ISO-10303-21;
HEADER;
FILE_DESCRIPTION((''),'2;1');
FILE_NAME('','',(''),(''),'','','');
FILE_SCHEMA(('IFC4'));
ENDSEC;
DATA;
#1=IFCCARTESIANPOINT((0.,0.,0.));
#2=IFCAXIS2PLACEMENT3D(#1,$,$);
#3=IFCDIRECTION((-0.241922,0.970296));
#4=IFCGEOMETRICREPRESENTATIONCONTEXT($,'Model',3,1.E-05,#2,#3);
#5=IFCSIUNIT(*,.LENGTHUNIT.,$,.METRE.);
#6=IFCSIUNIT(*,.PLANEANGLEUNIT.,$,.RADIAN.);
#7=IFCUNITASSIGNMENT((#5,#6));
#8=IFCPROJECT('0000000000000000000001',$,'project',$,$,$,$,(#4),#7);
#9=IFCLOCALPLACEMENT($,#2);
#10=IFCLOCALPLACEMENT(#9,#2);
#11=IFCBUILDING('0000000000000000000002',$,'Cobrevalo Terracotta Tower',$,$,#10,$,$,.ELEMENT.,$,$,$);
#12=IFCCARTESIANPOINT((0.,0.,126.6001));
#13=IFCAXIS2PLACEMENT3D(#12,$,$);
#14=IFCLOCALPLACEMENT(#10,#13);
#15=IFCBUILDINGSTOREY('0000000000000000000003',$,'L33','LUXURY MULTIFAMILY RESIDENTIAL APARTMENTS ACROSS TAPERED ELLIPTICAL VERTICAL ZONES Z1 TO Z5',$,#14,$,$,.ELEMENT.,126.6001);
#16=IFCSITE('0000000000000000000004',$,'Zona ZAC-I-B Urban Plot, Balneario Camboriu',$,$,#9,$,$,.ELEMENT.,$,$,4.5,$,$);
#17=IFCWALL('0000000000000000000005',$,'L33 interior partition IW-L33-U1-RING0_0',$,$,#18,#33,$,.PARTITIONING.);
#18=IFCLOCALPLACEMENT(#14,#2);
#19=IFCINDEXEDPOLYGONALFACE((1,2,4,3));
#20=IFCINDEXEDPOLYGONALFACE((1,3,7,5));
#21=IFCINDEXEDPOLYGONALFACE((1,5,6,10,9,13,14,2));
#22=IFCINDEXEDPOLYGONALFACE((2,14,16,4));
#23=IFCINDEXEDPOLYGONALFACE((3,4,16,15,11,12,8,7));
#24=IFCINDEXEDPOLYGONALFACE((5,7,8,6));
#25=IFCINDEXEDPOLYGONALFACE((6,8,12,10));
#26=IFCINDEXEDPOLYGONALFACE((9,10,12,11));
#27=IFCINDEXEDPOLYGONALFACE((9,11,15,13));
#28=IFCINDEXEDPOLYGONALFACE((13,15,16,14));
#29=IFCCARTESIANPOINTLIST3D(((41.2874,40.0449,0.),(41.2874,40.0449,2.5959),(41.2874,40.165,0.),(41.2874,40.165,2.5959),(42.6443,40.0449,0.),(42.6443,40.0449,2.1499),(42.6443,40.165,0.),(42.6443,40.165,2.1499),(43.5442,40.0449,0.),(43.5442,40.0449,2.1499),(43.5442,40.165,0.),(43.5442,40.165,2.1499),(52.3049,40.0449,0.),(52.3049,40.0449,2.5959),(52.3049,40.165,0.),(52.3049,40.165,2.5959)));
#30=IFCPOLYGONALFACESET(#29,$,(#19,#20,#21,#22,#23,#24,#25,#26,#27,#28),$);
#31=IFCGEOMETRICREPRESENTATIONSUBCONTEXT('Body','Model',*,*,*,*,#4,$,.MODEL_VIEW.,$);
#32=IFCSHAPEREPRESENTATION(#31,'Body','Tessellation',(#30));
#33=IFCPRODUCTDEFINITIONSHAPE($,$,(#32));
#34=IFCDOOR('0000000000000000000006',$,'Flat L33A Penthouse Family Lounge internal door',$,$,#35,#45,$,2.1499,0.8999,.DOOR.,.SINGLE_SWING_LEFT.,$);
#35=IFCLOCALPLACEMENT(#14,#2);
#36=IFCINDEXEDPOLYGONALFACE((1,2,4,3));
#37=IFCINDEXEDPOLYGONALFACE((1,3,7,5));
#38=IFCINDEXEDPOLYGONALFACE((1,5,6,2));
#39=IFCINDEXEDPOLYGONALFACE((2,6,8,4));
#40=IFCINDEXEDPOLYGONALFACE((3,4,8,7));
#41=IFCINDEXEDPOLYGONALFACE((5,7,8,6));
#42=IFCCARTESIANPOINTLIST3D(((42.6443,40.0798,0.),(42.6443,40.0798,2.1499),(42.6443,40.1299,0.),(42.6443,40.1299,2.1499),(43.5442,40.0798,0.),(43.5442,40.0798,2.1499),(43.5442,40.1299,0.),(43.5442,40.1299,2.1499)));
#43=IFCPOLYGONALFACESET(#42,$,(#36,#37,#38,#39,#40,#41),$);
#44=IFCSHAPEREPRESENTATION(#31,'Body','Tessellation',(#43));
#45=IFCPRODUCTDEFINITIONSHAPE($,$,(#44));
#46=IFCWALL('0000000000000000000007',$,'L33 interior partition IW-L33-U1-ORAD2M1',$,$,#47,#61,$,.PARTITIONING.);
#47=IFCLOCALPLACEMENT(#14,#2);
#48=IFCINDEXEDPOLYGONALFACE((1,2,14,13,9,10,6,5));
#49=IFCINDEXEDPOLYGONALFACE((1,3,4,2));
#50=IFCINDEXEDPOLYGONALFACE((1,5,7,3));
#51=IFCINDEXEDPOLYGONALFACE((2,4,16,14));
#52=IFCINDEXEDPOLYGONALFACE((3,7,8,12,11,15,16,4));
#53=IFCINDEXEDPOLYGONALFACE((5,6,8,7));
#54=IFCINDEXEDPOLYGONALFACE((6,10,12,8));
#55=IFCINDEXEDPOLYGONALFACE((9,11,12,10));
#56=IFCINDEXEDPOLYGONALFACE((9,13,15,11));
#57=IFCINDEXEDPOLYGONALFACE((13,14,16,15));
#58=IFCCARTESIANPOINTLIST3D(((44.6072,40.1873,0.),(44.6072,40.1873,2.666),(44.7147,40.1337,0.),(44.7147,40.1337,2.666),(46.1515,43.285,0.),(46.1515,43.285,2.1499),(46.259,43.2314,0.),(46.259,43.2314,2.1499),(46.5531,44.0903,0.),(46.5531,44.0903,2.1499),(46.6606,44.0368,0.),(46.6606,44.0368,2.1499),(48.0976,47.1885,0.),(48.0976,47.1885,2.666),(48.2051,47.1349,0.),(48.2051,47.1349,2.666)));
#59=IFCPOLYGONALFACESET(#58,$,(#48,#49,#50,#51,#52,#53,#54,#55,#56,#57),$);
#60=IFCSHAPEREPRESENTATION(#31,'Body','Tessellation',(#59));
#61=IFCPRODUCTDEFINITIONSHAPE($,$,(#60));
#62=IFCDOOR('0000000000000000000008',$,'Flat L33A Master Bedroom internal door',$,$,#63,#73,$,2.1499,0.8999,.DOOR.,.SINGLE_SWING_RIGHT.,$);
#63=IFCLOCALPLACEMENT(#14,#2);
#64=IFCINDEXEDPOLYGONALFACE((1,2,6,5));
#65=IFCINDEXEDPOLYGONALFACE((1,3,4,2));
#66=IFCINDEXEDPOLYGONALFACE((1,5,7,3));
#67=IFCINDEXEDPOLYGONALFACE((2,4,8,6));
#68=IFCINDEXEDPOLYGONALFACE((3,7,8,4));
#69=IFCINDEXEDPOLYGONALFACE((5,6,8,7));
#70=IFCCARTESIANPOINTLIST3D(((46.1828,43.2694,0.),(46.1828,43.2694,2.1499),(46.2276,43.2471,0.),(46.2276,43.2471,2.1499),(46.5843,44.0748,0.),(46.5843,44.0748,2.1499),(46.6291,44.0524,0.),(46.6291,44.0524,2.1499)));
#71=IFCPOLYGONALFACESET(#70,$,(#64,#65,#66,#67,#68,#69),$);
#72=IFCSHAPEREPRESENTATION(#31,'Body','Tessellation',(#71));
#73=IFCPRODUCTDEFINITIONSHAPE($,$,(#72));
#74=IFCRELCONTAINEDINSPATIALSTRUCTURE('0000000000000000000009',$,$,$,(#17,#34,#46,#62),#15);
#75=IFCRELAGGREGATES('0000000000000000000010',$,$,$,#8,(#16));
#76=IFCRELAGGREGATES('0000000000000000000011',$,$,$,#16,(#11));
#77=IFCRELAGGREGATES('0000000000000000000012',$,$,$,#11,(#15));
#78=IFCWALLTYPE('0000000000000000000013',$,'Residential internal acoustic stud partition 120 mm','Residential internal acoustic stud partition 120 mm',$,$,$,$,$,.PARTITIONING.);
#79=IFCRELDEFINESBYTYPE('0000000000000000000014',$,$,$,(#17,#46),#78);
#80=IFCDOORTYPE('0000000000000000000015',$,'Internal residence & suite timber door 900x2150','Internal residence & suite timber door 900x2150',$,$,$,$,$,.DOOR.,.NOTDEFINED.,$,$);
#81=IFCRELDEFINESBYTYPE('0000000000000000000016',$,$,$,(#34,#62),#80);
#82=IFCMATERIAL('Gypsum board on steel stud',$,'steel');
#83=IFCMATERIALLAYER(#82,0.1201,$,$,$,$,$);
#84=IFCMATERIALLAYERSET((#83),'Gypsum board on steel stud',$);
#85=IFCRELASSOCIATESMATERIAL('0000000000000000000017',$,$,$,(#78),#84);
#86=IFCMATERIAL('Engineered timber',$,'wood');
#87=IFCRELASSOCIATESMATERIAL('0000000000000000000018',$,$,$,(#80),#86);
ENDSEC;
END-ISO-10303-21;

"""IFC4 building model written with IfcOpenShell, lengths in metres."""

from ifc_helpers import new_model, si_unit, direction, frame, frame_2d, origin, place, context, subcontext, project, spatial, rectangle, extrude, source, transform, mapped, material, layer, layer_set, type_object, element, fill, save


model = new_model("IFC4")

# Units and contexts
model_context = context("Model", 3, precision=1e-05, world=origin(), true_north=direction((-0.241922, 0.970296)))
body_context = subcontext(model_context, "Body", "Model", "MODEL_VIEW")
ifc_project = project(units=[si_unit("LENGTHUNIT", "METRE"), si_unit("PLANEANGLEUNIT", "RADIAN")], contexts=[model_context])

# Site, building, storey
site_placement = place(None, origin())
site = spatial("IfcSite", under=ifc_project, at=site_placement, Name="Zona ZAC-I-B Urban Plot, Balneario Camboriu", CompositionType="ELEMENT", RefElevation=4.5)
building_placement = place(site_placement, origin())
building = spatial("IfcBuilding", under=site, at=building_placement, Name="Cobrevalo Terracotta Tower", CompositionType="ELEMENT")
storey_placement = place(building_placement, frame((0.0, 0.0, 126.6001)))
storey = spatial("IfcBuildingStorey", under=building, at=storey_placement, Name="L33", Description="LUXURY MULTIFAMILY RESIDENTIAL APARTMENTS ACROSS TAPERED ELLIPTICAL VERTICAL ZONES Z1 TO Z5", CompositionType="ELEMENT", Elevation=126.6001)

# Walls, openings, doors
ifc_material_1 = material(Name="Gypsum board on steel stud", Category="steel")
ifc_layer_1 = layer(ifc_material_1, 0.1201)
ifc_layer_set_1 = layer_set([ifc_layer_1], Name="Gypsum board on steel stud")
wall_type_1 = type_object("IfcWallType", Name="Residential internal acoustic stud partition 120 mm", Description="Residential internal acoustic stud partition 120 mm", PredefinedType="PARTITIONING", material=ifc_layer_set_1)
wall_1_placement = place(storey_placement, frame((41.2874, 40.105, 0.0), z_axis=(0.0, 0.0, 1.0), x_axis=(1.0, 0.0, 0.0)))
wall_1 = element("IfcWall", 1, at=wall_1_placement, inside=storey, type_object=wall_type_1, Name="L33 interior partition IW-L33-U1-RING0_0", PredefinedType="PARTITIONING", context=body_context, shape_type="SweptSolid", body=[
    extrude(rectangle(XDim=11.0176, YDim=0.1201, at=frame_2d((5.5088, 0.0))), origin(), (0.0, 0.0, 1.0), 2.5959),
])
opening_1_placement = place(wall_1_placement, frame((1.3569, 0.0, 0.0)))
opening_1 = element("IfcOpeningElement", 2, at=opening_1_placement, cuts=wall_1, PredefinedType="OPENING", context=body_context, shape_type="SweptSolid", body=[
    extrude(rectangle(XDim=0.8999, YDim=2.1499, at=frame_2d((0.45, 1.075))), frame((0.0, 0.0701, 0.0), z_axis=(0.0, -1.0, 0.0), x_axis=(1.0, 0.0, 0.0)), (0.0, 0.0, 1.0), 0.1401),
])
ifc_material_2 = material(Name="Engineered timber", Category="wood")
door_type = type_object("IfcDoorType", Name="Internal residence & suite timber door 900x2150", Description="Internal residence & suite timber door 900x2150", OperationType="NOTDEFINED", PredefinedType="DOOR", material=ifc_material_2)
shared_shape_1 = source(origin(), body_context, "Body", "SweptSolid", [
    extrude(rectangle(XDim=0.8999, YDim=2.1499, at=frame_2d((0.45, 1.075))), frame((0.0, 0.0249, 0.0), z_axis=(0.0, -1.0, 0.0), x_axis=(1.0, 0.0, 0.0)), (0.0, 0.0, 1.0), 0.05),
])
door_1_placement = place(opening_1_placement, origin())
door_1 = element("IfcDoor", 3, at=door_1_placement, inside=storey, type_object=door_type, Name="Flat L33A Penthouse Family Lounge internal door", OperationType="SINGLE_SWING_LEFT", OverallHeight=2.1499, OverallWidth=0.8999, PredefinedType="DOOR", context=body_context, shape_type="MappedRepresentation", body=[
    mapped(shared_shape_1, transform((0.0, 0.0, 0.0), scale=1.0)),
])
fill(opening_1, door_1)
wall_2_placement = place(storey_placement, frame((44.6609, 40.1604, 0.0), z_axis=(0.0, 0.0, 1.0), x_axis=(0.446177, 0.894945, 0.0)))
wall_2 = element("IfcWall", 4, at=wall_2_placement, inside=storey, type_object=wall_type_1, Name="L33 interior partition IW-L33-U1-ORAD2M1", PredefinedType="PARTITIONING", context=body_context, shape_type="SweptSolid", body=[
    extrude(rectangle(XDim=7.823, YDim=0.1201, at=frame_2d((3.9116, 0.0))), origin(), (0.0, 0.0, 1.0), 2.666),
])
opening_2_placement = place(wall_2_placement, frame((3.4614, 0.0, 0.0)))
opening_2 = element("IfcOpeningElement", 5, at=opening_2_placement, cuts=wall_2, PredefinedType="OPENING", context=body_context, shape_type="SweptSolid", body=[
    extrude(rectangle(XDim=0.8999, YDim=2.1499, at=frame_2d((0.45, 1.075))), frame((0.0, 0.0701, 0.0), z_axis=(0.0, -1.0, 0.0), x_axis=(1.0, 0.0, 0.0)), (0.0, 0.0, 1.0), 0.1401),
])
door_2_placement = place(opening_2_placement, frame((0.8999, 0.0, 0.0), z_axis=(0.0, 0.0, 1.0), x_axis=(-1.0, 0.0, 0.0)))
door_2 = element("IfcDoor", 6, at=door_2_placement, inside=storey, type_object=door_type, Name="Flat L33A Master Bedroom internal door", OperationType="SINGLE_SWING_RIGHT", OverallHeight=2.1499, OverallWidth=0.8999, PredefinedType="DOOR", context=body_context, shape_type="MappedRepresentation", body=[
    mapped(shared_shape_1, transform((0.0, 0.0, 0.0), scale=1.0)),
])
fill(opening_2, door_2)

save(model, "model.ifc")
